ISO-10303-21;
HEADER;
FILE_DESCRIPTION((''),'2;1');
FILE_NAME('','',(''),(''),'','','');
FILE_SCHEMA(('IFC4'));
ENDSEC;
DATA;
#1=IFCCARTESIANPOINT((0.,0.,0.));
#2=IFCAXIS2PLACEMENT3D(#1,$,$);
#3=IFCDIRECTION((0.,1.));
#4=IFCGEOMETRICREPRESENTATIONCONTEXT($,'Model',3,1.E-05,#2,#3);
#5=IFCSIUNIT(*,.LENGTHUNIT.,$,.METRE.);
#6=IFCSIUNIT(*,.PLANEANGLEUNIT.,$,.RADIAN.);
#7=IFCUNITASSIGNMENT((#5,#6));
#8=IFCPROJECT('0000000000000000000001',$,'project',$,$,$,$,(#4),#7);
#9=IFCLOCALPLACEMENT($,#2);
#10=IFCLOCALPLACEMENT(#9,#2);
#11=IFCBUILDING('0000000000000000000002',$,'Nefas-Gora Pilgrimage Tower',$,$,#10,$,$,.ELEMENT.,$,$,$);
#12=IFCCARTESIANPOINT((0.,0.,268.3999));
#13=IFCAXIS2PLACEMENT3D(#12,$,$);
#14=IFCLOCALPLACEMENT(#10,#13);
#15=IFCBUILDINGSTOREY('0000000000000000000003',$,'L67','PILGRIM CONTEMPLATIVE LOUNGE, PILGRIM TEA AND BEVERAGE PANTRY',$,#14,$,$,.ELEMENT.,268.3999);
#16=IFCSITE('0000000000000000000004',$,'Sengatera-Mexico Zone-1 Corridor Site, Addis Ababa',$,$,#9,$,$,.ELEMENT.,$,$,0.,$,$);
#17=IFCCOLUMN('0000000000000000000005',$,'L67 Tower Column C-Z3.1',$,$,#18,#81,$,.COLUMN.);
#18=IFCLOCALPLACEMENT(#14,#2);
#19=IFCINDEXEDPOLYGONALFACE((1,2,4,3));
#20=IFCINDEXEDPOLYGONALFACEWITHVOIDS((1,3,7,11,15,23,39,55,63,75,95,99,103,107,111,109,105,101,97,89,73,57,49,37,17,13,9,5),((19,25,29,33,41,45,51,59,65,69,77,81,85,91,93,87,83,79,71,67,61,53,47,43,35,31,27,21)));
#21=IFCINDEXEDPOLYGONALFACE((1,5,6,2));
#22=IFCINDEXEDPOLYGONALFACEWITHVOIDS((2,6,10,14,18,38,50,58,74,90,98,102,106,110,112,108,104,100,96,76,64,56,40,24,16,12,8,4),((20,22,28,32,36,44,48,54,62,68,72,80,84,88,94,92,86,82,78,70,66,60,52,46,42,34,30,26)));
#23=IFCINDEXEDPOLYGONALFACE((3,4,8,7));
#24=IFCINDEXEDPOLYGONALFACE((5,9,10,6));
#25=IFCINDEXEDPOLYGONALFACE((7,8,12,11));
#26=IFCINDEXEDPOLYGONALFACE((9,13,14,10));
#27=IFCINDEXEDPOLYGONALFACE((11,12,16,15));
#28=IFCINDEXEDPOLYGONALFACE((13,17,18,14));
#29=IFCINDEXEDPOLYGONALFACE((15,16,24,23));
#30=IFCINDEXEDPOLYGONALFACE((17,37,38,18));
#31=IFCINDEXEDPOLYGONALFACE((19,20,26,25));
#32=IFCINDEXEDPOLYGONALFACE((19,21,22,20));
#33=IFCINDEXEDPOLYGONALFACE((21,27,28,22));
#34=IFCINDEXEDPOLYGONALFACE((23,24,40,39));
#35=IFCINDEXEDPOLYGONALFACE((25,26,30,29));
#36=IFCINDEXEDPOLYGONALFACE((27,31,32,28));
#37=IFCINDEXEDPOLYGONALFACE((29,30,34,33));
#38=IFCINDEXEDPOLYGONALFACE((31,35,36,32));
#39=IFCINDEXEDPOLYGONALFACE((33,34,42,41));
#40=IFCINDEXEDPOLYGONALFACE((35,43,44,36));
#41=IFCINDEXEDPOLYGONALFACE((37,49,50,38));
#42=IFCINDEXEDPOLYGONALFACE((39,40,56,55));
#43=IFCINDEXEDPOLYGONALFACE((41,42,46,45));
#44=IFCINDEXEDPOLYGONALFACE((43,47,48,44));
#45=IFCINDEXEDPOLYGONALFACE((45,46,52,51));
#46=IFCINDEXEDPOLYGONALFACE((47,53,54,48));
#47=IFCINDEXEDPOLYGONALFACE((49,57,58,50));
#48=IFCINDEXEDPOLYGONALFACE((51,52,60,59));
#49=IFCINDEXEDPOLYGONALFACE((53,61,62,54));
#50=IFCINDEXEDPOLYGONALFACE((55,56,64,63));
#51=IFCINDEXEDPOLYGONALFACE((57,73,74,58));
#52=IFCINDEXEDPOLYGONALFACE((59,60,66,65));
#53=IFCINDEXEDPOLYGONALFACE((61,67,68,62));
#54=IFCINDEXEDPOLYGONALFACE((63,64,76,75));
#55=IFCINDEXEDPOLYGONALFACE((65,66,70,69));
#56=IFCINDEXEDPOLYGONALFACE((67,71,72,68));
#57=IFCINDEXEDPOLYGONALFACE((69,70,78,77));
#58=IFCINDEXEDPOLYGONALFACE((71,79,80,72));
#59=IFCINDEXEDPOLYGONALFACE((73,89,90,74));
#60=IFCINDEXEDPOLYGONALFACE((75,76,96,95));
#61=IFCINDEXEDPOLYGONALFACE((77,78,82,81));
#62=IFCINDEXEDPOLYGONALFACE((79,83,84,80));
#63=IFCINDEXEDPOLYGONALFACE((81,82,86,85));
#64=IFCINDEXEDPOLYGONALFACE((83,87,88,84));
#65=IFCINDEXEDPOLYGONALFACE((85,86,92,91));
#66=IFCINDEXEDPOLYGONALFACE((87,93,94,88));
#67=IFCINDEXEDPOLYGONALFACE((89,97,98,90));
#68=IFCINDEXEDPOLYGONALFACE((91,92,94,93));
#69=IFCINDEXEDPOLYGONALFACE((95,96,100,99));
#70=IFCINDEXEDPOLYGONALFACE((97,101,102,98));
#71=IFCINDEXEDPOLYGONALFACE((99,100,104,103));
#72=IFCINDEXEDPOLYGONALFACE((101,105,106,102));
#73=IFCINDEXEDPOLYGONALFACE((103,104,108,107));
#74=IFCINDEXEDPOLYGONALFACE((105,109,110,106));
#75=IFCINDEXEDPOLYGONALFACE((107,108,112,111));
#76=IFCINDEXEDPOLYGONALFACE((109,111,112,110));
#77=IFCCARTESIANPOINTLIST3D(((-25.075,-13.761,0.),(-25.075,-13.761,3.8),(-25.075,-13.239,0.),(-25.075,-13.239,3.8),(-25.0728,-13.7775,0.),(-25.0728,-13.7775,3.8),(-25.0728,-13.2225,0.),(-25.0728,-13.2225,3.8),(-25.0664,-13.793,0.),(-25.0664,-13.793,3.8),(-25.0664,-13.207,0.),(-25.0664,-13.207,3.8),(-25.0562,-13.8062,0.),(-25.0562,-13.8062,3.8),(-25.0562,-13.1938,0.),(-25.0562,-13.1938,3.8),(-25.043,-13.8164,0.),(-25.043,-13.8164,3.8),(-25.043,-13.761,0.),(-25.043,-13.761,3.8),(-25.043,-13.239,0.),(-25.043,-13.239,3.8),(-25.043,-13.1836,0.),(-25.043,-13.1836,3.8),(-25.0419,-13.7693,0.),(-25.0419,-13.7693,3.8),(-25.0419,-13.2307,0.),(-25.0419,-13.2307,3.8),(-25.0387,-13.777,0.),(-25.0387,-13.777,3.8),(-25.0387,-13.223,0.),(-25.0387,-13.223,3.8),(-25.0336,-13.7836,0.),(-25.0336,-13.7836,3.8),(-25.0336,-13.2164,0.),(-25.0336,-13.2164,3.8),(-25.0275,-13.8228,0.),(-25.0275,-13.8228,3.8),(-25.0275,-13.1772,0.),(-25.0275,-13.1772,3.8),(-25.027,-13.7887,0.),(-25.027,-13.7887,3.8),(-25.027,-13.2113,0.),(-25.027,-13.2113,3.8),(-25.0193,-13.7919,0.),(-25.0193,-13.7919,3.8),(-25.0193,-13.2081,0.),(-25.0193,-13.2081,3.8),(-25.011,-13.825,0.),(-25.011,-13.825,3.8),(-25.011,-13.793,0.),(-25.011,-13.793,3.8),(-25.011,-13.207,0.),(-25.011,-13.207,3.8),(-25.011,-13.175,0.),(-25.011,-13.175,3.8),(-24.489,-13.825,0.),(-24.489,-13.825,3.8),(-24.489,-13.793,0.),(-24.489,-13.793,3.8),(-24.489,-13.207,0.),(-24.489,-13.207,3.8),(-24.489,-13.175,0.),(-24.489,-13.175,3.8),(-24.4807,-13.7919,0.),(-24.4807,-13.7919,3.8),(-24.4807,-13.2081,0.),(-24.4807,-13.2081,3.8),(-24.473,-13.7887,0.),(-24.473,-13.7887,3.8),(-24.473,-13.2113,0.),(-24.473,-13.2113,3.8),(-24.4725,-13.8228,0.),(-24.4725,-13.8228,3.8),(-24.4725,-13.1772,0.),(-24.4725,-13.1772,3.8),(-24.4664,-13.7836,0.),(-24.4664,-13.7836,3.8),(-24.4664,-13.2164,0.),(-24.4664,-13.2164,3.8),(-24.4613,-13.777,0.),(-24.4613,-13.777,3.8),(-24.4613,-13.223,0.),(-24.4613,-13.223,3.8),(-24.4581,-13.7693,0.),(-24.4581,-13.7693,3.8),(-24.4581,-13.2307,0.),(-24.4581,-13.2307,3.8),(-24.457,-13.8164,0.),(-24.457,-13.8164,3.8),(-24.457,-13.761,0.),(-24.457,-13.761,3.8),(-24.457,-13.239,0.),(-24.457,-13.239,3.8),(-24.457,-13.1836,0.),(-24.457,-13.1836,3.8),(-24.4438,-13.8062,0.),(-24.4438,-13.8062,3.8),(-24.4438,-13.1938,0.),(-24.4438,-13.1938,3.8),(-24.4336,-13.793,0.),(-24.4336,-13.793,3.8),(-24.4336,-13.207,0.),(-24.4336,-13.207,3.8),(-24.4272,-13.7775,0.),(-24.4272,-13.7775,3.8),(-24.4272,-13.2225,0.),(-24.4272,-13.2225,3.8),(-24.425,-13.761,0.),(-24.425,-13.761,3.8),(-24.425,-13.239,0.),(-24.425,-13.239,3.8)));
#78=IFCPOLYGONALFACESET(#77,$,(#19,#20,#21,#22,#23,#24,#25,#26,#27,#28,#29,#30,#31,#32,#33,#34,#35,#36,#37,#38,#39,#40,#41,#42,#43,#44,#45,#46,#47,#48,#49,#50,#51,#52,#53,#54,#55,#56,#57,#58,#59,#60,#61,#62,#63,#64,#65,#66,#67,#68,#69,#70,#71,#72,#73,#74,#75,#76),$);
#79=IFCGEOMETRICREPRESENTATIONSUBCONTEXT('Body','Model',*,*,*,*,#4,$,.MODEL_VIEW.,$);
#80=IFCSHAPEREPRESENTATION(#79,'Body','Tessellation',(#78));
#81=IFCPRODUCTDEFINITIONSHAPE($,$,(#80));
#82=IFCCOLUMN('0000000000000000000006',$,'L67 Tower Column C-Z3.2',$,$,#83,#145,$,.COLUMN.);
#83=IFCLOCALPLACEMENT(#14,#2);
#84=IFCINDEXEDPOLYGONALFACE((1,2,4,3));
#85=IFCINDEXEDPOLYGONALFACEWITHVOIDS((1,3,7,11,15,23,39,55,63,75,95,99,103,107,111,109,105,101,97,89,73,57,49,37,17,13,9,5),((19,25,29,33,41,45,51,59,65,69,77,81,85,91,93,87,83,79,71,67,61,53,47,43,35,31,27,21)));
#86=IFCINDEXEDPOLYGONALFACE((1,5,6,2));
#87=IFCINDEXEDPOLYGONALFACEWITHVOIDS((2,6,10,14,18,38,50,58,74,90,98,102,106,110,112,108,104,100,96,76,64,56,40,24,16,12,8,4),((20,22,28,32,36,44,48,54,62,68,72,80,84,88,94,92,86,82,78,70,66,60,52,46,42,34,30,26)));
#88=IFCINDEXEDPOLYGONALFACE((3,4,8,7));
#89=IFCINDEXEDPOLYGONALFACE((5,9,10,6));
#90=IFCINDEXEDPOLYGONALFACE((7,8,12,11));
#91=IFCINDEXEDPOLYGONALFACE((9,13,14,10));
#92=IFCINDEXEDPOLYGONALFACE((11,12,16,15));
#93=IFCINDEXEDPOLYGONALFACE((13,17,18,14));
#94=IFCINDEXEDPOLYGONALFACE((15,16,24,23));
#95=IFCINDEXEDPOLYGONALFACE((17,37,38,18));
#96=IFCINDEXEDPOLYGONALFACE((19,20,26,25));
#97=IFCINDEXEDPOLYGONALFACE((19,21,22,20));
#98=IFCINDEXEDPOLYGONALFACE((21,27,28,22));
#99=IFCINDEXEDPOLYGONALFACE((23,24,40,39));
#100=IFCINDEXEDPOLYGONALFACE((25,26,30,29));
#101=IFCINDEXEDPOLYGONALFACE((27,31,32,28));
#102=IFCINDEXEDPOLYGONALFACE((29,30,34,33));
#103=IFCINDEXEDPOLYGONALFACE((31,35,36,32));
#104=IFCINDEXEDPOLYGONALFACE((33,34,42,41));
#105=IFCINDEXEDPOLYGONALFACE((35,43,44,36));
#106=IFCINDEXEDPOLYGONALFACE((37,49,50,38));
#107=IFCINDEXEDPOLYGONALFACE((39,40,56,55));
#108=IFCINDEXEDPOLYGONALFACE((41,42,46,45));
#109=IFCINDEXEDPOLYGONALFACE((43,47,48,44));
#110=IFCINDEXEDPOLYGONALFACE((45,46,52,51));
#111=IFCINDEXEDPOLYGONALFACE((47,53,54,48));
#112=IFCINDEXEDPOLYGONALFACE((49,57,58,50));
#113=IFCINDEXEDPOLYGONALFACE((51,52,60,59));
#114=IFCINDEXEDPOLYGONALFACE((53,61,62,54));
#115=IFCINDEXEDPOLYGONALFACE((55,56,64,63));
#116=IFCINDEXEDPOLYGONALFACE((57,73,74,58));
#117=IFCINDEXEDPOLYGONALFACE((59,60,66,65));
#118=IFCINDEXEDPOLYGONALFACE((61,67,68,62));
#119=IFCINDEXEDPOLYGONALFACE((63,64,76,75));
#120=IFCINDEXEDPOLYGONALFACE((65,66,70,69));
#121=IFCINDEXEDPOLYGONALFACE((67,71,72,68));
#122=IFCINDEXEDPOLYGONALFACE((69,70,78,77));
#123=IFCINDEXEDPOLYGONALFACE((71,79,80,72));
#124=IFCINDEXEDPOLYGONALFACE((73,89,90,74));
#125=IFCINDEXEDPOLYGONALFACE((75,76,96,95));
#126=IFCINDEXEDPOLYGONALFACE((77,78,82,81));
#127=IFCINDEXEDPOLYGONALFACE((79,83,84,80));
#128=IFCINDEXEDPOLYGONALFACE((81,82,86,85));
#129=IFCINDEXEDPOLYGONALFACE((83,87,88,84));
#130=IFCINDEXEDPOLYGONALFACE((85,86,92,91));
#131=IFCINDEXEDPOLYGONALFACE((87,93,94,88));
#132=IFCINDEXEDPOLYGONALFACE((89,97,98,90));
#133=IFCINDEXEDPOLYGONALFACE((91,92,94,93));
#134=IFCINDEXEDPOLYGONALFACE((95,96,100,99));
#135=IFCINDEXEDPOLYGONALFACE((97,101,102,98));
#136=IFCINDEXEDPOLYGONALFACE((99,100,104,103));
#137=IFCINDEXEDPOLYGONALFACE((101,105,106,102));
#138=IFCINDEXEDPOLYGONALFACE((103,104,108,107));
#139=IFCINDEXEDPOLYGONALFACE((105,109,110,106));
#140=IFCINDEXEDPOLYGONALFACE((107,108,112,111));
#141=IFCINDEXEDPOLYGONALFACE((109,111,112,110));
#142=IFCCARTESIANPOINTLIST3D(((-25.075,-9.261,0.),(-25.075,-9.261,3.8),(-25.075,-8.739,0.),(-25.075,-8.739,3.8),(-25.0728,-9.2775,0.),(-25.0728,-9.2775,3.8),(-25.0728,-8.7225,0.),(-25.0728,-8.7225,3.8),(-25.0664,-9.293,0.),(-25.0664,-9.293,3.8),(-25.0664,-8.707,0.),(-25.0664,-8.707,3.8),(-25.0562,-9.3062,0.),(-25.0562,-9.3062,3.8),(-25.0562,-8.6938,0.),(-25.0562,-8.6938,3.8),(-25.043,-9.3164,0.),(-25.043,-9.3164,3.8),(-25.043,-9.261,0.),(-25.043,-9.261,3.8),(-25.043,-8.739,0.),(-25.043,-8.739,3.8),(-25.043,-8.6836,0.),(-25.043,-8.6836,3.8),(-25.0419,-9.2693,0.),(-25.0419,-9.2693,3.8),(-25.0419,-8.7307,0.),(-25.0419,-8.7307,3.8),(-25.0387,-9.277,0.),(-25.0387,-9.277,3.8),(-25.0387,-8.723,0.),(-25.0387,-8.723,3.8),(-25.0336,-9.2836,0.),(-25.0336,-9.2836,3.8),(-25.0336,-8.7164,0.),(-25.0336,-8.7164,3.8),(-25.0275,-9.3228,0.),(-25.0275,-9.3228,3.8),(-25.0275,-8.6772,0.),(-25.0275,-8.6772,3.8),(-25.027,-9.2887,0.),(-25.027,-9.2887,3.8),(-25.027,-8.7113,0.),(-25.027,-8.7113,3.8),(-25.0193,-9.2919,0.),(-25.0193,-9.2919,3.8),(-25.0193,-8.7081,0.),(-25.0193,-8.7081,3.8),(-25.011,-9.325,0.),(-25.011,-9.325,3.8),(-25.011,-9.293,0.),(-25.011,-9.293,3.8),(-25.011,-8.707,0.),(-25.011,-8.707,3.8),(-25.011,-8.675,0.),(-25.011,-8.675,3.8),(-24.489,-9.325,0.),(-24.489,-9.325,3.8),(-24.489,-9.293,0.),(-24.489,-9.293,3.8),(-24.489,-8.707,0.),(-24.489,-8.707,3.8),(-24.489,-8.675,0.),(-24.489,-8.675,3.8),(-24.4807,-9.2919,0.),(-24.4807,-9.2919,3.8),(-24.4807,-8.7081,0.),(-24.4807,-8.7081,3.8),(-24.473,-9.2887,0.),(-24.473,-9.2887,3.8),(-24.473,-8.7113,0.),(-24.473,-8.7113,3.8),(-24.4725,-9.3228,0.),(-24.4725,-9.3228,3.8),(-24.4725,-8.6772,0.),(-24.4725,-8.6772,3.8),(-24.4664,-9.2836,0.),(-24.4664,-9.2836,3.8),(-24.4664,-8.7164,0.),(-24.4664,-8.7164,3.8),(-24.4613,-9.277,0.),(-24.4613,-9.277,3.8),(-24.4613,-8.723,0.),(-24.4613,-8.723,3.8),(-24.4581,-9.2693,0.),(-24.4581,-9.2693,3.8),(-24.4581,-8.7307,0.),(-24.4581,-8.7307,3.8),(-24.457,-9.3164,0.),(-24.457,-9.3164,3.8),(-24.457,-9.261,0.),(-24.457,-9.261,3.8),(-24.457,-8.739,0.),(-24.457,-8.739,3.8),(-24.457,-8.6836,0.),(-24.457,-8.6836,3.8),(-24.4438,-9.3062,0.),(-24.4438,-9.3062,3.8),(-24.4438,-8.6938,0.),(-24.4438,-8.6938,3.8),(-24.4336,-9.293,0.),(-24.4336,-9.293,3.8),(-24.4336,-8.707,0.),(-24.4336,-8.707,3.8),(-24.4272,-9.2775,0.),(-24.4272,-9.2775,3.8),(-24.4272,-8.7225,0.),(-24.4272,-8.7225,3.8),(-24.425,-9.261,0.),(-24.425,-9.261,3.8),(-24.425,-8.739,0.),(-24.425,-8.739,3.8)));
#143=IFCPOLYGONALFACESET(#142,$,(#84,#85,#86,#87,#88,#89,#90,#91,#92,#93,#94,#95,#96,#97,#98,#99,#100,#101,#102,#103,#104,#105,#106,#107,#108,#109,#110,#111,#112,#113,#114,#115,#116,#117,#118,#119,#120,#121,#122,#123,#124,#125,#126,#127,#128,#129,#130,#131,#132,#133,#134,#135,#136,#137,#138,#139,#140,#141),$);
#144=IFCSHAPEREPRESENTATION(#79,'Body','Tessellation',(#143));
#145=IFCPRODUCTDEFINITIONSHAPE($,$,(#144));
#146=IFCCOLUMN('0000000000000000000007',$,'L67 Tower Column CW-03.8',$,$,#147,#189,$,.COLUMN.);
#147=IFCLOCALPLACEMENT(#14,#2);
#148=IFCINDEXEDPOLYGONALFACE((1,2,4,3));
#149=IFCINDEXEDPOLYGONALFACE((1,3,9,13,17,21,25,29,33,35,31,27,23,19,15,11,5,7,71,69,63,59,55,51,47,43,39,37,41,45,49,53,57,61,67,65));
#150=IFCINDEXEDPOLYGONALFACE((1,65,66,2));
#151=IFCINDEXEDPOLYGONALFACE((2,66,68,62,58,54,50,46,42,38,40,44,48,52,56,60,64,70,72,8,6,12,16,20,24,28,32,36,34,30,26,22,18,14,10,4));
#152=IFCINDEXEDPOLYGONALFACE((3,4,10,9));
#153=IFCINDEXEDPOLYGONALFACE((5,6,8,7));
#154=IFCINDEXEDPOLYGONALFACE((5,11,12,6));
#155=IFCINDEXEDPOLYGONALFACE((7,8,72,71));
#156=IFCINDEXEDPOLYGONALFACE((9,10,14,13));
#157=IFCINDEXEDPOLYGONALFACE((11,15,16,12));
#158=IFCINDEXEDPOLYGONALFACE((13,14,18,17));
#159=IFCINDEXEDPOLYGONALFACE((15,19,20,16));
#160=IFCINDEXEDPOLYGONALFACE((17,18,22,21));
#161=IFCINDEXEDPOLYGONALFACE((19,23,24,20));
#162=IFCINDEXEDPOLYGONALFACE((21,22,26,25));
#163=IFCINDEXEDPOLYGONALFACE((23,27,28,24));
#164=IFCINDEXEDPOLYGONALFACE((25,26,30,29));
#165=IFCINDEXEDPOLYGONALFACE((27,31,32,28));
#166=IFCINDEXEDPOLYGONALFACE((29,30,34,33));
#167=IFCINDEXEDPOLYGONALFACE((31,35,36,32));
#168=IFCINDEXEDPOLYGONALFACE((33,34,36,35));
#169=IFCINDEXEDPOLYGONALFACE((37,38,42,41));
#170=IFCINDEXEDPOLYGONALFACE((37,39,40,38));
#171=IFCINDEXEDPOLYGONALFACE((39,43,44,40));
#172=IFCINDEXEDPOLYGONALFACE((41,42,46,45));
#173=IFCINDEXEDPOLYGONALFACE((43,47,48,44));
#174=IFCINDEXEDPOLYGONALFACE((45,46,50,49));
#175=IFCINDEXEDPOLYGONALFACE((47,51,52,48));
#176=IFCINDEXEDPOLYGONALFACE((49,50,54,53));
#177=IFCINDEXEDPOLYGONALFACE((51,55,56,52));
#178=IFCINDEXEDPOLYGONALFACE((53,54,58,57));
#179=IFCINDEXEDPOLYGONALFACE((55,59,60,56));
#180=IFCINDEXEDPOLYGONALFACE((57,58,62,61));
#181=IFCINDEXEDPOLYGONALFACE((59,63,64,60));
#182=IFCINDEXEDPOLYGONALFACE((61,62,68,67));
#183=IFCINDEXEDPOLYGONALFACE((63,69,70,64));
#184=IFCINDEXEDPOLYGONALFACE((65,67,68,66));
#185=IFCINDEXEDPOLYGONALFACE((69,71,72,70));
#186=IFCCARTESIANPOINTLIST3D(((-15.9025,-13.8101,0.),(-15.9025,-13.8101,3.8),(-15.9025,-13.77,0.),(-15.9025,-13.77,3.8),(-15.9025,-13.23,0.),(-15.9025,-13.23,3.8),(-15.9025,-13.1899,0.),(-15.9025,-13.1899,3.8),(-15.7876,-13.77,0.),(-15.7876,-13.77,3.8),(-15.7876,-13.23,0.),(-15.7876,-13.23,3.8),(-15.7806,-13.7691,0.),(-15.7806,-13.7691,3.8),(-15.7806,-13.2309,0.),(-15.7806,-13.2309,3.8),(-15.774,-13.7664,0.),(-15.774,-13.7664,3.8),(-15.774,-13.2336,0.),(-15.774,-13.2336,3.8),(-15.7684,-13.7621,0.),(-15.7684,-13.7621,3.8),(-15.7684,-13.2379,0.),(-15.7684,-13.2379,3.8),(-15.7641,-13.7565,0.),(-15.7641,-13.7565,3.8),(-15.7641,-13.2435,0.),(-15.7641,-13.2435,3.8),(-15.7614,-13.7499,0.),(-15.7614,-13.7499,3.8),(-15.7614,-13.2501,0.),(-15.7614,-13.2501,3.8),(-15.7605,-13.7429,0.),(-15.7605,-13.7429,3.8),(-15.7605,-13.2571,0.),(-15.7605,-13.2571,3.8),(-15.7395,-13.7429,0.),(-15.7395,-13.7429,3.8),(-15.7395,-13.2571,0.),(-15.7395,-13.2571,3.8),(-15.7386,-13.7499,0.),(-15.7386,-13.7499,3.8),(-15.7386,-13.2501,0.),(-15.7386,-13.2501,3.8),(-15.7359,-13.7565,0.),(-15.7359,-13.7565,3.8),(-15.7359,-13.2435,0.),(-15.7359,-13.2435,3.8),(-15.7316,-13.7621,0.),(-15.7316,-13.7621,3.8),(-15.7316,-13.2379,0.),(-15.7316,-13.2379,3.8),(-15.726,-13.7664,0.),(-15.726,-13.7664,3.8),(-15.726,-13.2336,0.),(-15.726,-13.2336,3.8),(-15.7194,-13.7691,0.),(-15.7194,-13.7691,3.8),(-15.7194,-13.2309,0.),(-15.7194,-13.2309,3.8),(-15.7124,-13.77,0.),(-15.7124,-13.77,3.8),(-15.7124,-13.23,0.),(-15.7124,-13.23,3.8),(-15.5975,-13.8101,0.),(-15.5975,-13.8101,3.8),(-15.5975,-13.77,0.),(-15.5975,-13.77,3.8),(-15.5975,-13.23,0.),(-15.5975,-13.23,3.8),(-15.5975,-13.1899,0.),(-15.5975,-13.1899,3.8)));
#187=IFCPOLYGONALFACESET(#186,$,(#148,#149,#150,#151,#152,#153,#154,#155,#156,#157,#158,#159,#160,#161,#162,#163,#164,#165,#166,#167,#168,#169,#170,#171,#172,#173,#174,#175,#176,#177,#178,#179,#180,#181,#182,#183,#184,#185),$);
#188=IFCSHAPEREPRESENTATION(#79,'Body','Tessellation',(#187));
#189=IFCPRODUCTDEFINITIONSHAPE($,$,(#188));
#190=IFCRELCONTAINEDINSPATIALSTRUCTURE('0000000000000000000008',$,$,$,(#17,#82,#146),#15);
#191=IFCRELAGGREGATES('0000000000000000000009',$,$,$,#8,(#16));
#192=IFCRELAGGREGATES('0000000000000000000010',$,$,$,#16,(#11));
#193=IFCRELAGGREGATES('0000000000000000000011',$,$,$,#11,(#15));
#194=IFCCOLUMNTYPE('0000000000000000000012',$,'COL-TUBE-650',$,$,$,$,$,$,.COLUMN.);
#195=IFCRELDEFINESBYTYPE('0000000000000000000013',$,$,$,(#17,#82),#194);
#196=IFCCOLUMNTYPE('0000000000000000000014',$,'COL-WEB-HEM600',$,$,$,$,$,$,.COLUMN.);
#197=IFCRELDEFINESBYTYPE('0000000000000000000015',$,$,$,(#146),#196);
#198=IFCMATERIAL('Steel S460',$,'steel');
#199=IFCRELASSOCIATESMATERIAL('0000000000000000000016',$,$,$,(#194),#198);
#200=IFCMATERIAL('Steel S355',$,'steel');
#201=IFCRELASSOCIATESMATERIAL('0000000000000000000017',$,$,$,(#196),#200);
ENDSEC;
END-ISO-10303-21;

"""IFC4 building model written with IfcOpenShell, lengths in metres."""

from ifc_helpers import new_model, si_unit, direction, frame, origin, origin_2d, place, context, subcontext, project, spatial, hollow_rectangle, i_section, extrude, source, transform, mapped, material, material_profile, profile_set, type_object, element, save


model = new_model("IFC4")

# Units and contexts
model_context = context("Model", 3, precision=1e-05, world=origin(), true_north=direction((0.0, 1.0)))
body_context = subcontext(model_context, "Body", "Model", "MODEL_VIEW")
ifc_project = project(units=[si_unit("LENGTHUNIT", "METRE"), si_unit("PLANEANGLEUNIT", "RADIAN")], contexts=[model_context])

# Site, building, storey
site_placement = place(None, origin())
site = spatial("IfcSite", under=ifc_project, at=site_placement, Name="Sengatera-Mexico Zone-1 Corridor Site, Addis Ababa", CompositionType="ELEMENT", RefElevation=0.0)
building_placement = place(site_placement, origin())
building = spatial("IfcBuilding", under=site, at=building_placement, Name="Nefas-Gora Pilgrimage Tower", CompositionType="ELEMENT")
storey_placement = place(building_placement, frame((0.0, 0.0, 268.3999)))
storey = spatial("IfcBuildingStorey", under=building, at=storey_placement, Name="L67", Description="PILGRIM CONTEMPLATIVE LOUNGE, PILGRIM TEA AND BEVERAGE PANTRY", CompositionType="ELEMENT", Elevation=268.3999)

# Columns
ifc_material_1 = material(Name="Steel S460", Category="steel")
ifc_material_profile_1 = material_profile(ifc_material_1, hollow_rectangle(XDim=0.6499, YDim=0.6499, WallThickness=0.032, InnerFilletRadius=0.032, OuterFilletRadius=0.064, at=origin_2d()), Name="BOX 650x650x32")
ifc_profile_set_1 = profile_set([ifc_material_profile_1], Name="Steel S460")
column_type_1 = type_object("IfcColumnType", Name="COL-TUBE-650", PredefinedType="COLUMN", material=ifc_profile_set_1)
shared_shape_1 = source(origin(), body_context, "Body", "SweptSolid", [
    extrude(hollow_rectangle(XDim=0.6499, YDim=0.6499, WallThickness=0.032, InnerFilletRadius=0.032, OuterFilletRadius=0.064, at=origin_2d()), origin(), (0.0, 0.0, 1.0), 3.8),
])
for number, where, z_axis, x_axis, name in (
    (1, (-24.75, -13.5, 0.0), (0.0, 0.0, 1.0), (1.0, 0.0, 0.0), "L67 Tower Column C-Z3.1"),
    (2, (-24.75, -9.0, 0.0), (0.0, 0.0, 1.0), (1.0, 0.0, 0.0), "L67 Tower Column C-Z3.2"),
):
    element("IfcColumn", number, at=place(storey_placement, frame(where, z_axis=z_axis, x_axis=x_axis)), inside=storey, type_object=column_type_1, Name=name, PredefinedType="COLUMN", context=body_context, shape_type="MappedRepresentation", body=[
        mapped(shared_shape_1, transform((0.0, 0.0, 0.0), x_axis=(1.0, 0.0, 0.0), y_axis=(0.0, 1.0, 0.0), z_axis=(0.0, 0.0, 1.0), scale=1.0)),
    ])
ifc_material_2 = material(Name="Steel S355", Category="steel")
ifc_material_profile_2 = material_profile(ifc_material_2, i_section(OverallWidth=0.3049, OverallDepth=0.6201, WebThickness=0.021, FlangeThickness=0.04, FilletRadius=0.0271, at=origin_2d()), Name="HEM 600")
ifc_profile_set_2 = profile_set([ifc_material_profile_2], Name="Steel S355")
column_type_2 = type_object("IfcColumnType", Name="COL-WEB-HEM600", PredefinedType="COLUMN", material=ifc_profile_set_2)
shared_shape_2 = source(origin(), body_context, "Body", "SweptSolid", [
    extrude(i_section(OverallWidth=0.3049, OverallDepth=0.6201, WebThickness=0.021, FlangeThickness=0.04, FilletRadius=0.0271, at=origin_2d()), origin(), (0.0, 0.0, 1.0), 3.8),
])
for number, where, z_axis, x_axis, name in (
    (3, (-15.75, -13.5, 0.0), (0.0, 0.0, 1.0), (1.0, 0.0, 0.0), "L67 Tower Column CW-03.8"),
):
    element("IfcColumn", number, at=place(storey_placement, frame(where, z_axis=z_axis, x_axis=x_axis)), inside=storey, type_object=column_type_2, Name=name, PredefinedType="COLUMN", context=body_context, shape_type="MappedRepresentation", body=[
        mapped(shared_shape_2, transform((0.0, 0.0, 0.0), x_axis=(1.0, 0.0, 0.0), y_axis=(0.0, 1.0, 0.0), z_axis=(0.0, 0.0, 1.0), scale=1.0)),
    ])

save(model, "model.ifc")
